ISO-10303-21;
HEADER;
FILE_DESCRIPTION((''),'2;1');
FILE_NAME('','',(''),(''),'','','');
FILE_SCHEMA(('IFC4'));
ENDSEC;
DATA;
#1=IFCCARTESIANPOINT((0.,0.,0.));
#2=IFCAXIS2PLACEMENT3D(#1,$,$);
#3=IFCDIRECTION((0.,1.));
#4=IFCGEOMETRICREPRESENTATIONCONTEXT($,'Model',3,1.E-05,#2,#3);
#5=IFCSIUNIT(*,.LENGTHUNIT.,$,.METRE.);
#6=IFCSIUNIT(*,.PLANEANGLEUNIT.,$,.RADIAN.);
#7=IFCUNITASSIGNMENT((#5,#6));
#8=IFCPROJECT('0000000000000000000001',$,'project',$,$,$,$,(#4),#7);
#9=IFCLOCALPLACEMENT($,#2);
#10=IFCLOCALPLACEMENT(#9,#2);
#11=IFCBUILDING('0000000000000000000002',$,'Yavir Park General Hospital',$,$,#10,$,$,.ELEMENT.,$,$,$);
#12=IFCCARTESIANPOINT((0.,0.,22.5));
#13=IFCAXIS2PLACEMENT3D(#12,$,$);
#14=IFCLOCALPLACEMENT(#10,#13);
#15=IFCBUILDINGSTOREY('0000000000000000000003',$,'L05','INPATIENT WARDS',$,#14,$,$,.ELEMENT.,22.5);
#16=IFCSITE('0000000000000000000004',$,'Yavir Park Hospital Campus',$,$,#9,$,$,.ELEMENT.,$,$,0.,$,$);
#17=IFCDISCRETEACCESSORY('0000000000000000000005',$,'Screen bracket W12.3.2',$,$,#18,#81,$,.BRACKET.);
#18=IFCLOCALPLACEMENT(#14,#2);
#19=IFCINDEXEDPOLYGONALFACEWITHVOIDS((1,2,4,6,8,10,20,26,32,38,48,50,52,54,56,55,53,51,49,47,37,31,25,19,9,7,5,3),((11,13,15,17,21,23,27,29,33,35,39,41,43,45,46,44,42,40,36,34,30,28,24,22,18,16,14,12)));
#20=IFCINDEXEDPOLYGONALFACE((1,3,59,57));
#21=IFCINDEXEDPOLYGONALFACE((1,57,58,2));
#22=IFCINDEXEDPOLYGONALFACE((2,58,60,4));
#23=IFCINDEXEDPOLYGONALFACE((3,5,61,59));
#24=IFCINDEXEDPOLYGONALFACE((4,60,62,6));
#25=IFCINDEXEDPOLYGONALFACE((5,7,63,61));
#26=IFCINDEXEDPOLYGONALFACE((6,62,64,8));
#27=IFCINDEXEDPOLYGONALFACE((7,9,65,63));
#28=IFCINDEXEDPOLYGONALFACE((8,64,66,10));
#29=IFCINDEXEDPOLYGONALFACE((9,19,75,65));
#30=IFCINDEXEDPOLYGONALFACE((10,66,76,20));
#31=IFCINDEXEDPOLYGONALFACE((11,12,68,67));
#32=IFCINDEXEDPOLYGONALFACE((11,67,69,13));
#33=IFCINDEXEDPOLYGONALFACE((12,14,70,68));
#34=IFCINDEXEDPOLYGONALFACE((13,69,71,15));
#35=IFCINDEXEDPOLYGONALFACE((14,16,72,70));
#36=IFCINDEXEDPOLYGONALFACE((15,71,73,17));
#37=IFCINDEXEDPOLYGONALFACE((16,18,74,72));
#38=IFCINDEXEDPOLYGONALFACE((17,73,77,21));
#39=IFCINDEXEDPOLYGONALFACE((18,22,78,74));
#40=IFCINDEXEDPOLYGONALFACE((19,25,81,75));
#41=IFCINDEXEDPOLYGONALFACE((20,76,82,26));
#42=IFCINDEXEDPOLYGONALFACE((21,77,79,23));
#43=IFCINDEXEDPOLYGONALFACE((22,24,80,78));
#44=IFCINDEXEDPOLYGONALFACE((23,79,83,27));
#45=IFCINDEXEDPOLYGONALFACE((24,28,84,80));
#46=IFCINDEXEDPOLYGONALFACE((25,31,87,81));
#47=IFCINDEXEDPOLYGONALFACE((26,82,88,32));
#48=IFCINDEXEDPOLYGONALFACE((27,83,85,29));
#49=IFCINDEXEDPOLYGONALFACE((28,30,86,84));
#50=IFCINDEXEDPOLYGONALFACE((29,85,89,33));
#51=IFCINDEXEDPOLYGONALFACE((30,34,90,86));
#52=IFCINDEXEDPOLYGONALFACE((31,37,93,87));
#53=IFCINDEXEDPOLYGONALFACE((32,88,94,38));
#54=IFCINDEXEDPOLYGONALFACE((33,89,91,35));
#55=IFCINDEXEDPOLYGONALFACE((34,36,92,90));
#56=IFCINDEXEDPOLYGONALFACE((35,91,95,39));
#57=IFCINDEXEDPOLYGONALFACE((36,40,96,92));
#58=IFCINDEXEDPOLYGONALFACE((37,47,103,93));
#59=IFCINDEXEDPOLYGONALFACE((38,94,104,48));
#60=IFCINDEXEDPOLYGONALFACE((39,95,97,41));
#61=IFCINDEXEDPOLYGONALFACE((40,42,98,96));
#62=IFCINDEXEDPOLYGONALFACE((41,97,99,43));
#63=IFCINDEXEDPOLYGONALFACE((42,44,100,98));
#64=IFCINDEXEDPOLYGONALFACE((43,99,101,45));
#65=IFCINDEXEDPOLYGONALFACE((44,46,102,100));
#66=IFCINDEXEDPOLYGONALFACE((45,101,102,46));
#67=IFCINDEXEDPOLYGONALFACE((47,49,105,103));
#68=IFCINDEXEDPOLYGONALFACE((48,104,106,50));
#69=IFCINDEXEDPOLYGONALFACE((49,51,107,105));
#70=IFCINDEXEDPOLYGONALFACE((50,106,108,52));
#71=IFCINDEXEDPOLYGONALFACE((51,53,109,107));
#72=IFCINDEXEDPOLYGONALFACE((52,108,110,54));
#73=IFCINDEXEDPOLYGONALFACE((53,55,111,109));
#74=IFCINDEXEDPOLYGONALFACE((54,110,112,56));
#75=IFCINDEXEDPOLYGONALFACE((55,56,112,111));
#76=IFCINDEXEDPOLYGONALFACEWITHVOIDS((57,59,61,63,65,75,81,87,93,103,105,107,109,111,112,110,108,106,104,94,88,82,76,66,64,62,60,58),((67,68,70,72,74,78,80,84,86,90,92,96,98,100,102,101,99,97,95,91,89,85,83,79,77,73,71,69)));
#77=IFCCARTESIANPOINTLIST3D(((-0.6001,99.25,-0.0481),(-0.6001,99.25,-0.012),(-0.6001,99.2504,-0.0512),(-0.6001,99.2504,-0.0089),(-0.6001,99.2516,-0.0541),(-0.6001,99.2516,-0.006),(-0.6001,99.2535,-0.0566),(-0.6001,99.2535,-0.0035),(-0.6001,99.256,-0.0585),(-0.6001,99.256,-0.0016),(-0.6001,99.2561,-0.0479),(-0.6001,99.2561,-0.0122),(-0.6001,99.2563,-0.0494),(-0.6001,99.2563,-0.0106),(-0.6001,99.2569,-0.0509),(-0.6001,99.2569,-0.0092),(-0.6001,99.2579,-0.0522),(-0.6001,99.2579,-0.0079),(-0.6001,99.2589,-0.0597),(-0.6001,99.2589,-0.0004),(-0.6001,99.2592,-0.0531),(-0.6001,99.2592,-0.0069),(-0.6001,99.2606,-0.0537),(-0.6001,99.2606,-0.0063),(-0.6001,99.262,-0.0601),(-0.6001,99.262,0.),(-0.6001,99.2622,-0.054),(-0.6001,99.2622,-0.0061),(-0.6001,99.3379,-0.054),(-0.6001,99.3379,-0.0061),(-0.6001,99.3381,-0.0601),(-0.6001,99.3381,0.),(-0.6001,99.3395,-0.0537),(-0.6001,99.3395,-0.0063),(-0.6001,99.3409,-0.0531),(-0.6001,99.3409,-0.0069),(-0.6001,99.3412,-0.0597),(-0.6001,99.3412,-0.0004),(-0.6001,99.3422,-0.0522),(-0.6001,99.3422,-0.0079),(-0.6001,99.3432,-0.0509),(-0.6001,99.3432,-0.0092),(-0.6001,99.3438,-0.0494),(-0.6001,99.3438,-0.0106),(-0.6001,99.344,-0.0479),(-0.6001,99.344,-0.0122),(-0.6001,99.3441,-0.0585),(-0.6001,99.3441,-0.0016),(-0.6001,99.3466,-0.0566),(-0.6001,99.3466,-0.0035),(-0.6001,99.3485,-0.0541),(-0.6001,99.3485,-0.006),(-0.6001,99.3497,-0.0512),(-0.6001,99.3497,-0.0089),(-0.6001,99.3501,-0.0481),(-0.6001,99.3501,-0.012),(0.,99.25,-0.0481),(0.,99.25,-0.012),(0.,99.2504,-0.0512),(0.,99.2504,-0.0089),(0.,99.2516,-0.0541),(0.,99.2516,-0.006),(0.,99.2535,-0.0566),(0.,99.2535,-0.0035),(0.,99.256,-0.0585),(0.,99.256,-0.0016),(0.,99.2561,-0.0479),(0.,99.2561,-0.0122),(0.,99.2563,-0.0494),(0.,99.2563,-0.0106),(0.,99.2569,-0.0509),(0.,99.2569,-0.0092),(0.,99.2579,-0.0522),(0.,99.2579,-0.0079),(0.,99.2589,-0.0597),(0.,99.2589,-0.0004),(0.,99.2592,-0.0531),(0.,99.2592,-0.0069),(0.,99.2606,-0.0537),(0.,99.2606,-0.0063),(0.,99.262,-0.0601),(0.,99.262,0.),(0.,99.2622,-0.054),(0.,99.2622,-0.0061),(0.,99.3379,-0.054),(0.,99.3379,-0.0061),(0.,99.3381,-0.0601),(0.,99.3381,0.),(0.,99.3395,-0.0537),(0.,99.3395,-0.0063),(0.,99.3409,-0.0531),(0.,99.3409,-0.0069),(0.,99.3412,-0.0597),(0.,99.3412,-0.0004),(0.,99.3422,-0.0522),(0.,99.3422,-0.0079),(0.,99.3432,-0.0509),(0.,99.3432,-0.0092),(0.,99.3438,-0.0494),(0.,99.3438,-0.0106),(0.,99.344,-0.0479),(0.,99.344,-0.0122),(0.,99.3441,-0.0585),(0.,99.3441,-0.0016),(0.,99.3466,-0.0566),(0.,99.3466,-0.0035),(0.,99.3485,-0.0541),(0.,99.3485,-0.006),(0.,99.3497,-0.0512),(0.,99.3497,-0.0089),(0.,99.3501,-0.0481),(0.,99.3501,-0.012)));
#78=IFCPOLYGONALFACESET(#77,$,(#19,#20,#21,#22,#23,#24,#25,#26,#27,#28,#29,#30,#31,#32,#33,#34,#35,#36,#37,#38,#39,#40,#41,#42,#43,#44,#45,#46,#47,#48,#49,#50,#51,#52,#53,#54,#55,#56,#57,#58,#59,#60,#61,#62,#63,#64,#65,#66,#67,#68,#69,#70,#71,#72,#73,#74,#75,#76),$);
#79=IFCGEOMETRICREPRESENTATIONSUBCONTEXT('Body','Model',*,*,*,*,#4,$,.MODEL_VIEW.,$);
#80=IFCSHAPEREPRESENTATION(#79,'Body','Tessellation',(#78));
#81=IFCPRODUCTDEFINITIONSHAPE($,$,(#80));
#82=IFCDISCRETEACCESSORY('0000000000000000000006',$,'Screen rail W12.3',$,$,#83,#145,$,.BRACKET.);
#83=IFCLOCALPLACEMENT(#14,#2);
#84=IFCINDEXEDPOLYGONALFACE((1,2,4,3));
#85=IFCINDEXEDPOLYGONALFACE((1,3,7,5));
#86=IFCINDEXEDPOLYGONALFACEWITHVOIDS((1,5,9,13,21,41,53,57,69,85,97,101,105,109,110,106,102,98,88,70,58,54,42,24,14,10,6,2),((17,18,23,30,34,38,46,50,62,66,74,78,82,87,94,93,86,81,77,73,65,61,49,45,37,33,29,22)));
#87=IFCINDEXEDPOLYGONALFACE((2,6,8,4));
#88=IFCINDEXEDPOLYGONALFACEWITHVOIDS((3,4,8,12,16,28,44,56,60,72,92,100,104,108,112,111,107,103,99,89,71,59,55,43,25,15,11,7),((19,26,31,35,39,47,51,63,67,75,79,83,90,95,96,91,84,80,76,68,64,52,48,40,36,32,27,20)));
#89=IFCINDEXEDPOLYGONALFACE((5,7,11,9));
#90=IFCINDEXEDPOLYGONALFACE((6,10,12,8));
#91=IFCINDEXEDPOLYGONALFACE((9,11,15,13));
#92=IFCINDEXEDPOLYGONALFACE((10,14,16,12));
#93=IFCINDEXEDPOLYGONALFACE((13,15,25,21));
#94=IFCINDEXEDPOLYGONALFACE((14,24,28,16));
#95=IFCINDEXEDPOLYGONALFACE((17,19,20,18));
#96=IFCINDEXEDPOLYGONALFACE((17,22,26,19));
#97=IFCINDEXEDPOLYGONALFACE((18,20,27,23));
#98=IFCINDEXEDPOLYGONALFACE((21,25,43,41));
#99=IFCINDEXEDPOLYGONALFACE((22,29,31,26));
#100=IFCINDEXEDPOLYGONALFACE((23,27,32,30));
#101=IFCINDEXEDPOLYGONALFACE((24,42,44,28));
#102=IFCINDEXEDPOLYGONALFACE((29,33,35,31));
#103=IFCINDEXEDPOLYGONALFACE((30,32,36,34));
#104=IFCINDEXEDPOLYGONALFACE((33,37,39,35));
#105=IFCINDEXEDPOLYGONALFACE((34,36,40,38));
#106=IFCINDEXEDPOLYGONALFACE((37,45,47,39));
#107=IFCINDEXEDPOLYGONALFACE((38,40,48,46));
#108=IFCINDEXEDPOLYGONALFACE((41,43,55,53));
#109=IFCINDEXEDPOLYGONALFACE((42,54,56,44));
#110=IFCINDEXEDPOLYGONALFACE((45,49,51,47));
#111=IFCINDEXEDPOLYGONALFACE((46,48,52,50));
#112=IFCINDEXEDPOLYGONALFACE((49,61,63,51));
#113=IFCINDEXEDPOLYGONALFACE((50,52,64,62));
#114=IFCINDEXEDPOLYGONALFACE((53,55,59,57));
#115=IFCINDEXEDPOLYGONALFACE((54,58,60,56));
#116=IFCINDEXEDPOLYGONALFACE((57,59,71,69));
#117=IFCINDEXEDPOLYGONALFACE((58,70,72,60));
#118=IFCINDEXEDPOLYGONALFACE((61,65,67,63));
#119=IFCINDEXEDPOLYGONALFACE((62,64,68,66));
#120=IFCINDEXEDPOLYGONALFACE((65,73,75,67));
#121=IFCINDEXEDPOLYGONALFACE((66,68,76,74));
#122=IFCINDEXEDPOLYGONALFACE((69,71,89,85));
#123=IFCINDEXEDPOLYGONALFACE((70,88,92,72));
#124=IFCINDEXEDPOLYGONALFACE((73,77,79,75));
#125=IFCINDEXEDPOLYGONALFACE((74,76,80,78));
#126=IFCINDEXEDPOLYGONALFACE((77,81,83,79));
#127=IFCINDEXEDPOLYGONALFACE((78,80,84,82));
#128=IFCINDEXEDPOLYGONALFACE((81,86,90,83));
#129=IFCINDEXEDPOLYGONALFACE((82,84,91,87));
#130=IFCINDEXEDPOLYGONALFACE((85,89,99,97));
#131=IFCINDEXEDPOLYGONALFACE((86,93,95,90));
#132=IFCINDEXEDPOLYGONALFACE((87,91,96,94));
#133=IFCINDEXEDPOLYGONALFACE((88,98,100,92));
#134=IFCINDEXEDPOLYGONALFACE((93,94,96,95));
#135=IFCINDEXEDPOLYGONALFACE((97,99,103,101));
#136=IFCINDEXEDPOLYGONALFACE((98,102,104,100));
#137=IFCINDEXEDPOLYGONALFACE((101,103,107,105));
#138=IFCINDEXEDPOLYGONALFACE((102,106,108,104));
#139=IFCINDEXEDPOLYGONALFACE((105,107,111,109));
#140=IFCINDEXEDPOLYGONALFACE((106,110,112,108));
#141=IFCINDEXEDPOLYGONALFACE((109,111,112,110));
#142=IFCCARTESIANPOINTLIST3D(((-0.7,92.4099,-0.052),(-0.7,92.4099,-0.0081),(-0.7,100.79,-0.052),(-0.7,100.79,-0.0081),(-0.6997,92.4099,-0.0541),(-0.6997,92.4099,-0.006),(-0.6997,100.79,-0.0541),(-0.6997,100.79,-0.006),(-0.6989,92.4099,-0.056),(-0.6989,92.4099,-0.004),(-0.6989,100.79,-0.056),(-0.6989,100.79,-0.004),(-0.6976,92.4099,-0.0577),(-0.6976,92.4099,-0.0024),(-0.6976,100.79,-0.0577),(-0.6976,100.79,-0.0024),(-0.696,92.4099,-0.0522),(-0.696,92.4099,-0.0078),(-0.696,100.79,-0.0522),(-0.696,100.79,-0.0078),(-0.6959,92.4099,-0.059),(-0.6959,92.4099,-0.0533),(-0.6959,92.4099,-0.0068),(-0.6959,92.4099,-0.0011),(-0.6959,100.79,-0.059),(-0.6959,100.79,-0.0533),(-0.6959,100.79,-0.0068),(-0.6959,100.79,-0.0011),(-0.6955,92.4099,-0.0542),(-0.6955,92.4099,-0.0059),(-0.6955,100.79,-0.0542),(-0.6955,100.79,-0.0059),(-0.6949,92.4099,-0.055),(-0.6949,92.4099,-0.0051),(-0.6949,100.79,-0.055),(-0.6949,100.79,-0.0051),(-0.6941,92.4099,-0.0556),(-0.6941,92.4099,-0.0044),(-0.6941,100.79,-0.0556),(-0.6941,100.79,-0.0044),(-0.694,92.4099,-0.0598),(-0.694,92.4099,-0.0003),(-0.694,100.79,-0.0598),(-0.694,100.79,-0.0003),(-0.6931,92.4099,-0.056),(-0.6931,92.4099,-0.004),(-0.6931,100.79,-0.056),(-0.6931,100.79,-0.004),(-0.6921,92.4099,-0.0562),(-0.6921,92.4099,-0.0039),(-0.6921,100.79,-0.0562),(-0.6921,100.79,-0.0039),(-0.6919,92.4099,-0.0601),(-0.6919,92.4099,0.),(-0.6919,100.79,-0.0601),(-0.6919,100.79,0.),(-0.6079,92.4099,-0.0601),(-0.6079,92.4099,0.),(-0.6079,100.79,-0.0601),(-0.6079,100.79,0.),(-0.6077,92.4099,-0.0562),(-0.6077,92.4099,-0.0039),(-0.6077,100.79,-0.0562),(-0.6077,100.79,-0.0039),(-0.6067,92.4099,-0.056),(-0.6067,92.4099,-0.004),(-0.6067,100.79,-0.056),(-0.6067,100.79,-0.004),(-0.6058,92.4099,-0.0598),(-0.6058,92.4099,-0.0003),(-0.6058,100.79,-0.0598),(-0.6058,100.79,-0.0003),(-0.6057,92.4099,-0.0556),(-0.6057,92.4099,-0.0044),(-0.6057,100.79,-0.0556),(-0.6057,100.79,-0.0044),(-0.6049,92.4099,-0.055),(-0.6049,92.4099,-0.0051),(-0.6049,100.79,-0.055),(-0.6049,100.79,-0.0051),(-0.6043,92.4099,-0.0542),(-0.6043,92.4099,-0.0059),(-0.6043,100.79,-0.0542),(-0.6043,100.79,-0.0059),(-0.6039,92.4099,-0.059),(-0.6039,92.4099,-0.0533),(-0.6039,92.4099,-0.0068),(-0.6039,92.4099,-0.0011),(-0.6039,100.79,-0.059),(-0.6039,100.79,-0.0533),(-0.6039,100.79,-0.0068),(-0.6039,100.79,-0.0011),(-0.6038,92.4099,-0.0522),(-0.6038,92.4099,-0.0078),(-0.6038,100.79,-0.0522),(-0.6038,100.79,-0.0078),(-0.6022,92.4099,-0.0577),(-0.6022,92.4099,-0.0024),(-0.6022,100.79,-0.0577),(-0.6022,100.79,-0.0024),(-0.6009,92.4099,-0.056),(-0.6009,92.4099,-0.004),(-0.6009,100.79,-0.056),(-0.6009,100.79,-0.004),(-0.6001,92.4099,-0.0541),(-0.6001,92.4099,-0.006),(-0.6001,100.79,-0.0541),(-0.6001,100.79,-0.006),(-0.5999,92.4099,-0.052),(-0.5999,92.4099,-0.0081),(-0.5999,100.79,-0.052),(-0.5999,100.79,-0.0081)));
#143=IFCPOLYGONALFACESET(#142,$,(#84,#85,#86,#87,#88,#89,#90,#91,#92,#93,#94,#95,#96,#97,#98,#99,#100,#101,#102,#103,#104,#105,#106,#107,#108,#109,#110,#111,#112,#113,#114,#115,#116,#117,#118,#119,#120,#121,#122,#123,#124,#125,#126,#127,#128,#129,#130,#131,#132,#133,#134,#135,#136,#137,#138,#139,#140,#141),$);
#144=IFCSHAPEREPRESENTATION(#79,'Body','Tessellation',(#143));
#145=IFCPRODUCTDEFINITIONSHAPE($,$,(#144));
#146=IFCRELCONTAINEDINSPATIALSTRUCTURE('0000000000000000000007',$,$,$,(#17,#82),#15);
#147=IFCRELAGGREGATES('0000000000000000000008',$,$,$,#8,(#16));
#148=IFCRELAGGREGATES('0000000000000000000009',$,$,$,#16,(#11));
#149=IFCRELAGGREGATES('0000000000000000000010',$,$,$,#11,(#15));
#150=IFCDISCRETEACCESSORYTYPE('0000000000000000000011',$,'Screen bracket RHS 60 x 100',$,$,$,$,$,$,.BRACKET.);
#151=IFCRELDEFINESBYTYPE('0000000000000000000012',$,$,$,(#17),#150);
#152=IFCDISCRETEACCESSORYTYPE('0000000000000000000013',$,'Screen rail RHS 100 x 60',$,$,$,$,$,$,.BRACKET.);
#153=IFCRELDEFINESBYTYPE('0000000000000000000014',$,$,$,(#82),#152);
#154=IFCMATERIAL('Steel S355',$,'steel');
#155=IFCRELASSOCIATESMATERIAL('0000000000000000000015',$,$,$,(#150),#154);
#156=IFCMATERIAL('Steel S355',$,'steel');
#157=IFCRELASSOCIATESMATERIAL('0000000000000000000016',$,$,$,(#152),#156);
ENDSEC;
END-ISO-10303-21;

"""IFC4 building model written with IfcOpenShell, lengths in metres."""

from ifc_helpers import new_model, si_unit, direction, frame, origin, origin_2d, place, context, subcontext, project, spatial, hollow_rectangle, extrude, material, material_profile, profile_set, type_object, element, save


model = new_model("IFC4")

# Units and contexts
model_context = context("Model", 3, precision=1e-05, world=origin(), true_north=direction((0.0, 1.0)))
body_context = subcontext(model_context, "Body", "Model", "MODEL_VIEW")
ifc_project = project(units=[si_unit("LENGTHUNIT", "METRE"), si_unit("PLANEANGLEUNIT", "RADIAN")], contexts=[model_context])

# Site, building, storey
site_placement = place(None, origin())
site = spatial("IfcSite", under=ifc_project, at=site_placement, Name="Yavir Park Hospital Campus", CompositionType="ELEMENT", RefElevation=0.0)
building_placement = place(site_placement, origin())
building = spatial("IfcBuilding", under=site, at=building_placement, Name="Yavir Park General Hospital", CompositionType="ELEMENT")
storey_placement = place(building_placement, frame((0.0, 0.0, 22.5)))
storey = spatial("IfcBuildingStorey", under=building, at=storey_placement, Name="L05", Description="INPATIENT WARDS", CompositionType="ELEMENT", Elevation=22.5)

# Discrete accessories
ifc_material_1 = material(Name="Steel S355", Category="steel")
ifc_material_profile_1 = material_profile(ifc_material_1, hollow_rectangle(XDim=0.1001, YDim=0.0601, WallThickness=0.0061, InnerFilletRadius=0.0061, OuterFilletRadius=0.012, at=origin_2d()), Name="RHS60x100x6")
ifc_profile_set_1 = profile_set([ifc_material_profile_1], Name="Steel S355")
discrete_accessory_type_1 = type_object("IfcDiscreteAccessoryType", Name="Screen bracket RHS 60 x 100", PredefinedType="BRACKET", material=ifc_profile_set_1)
for number, where, z_axis, x_axis, name in (
    (1, (0.0, 99.3, -0.03), (-1.0, 0.0, 0.0), (0.0, -1.0, 0.0), "Screen bracket W12.3.2"),
):
    element("IfcDiscreteAccessory", number, at=place(storey_placement, frame(where, z_axis=z_axis, x_axis=x_axis)), inside=storey, type_object=discrete_accessory_type_1, Name=name, PredefinedType="BRACKET", context=body_context, shape_type="SweptSolid", body=[
        extrude(hollow_rectangle(XDim=0.1001, YDim=0.0601, WallThickness=0.0061, InnerFilletRadius=0.0061, OuterFilletRadius=0.012, at=origin_2d()), origin(), (0.0, 0.0, 1.0), 0.6001),
    ])
ifc_material_2 = material(Name="Steel S355", Category="steel")
ifc_material_profile_2 = material_profile(ifc_material_2, hollow_rectangle(XDim=0.1001, YDim=0.0601, WallThickness=0.0039, InnerFilletRadius=0.0039, OuterFilletRadius=0.0081, at=origin_2d()), Name="RHS60x100x4")
ifc_profile_set_2 = profile_set([ifc_material_profile_2], Name="Steel S355")
discrete_accessory_type_2 = type_object("IfcDiscreteAccessoryType", Name="Screen rail RHS 100 x 60", PredefinedType="BRACKET", material=ifc_profile_set_2)
discrete_accessory_placement = place(storey_placement, frame((-0.6499, 92.4099, -0.03), z_axis=(0.0, 1.0, 0.0), x_axis=(-1.0, 0.0, 0.0)))
element("IfcDiscreteAccessory", 2, at=discrete_accessory_placement, inside=storey, type_object=discrete_accessory_type_2, Name="Screen rail W12.3", PredefinedType="BRACKET", context=body_context, shape_type="SweptSolid", body=[
    extrude(hollow_rectangle(XDim=0.1001, YDim=0.0601, WallThickness=0.0039, InnerFilletRadius=0.0039, OuterFilletRadius=0.0081, at=origin_2d()), origin(), (0.0, 0.0, 1.0), 8.3801),
])

save(model, "model.ifc")
